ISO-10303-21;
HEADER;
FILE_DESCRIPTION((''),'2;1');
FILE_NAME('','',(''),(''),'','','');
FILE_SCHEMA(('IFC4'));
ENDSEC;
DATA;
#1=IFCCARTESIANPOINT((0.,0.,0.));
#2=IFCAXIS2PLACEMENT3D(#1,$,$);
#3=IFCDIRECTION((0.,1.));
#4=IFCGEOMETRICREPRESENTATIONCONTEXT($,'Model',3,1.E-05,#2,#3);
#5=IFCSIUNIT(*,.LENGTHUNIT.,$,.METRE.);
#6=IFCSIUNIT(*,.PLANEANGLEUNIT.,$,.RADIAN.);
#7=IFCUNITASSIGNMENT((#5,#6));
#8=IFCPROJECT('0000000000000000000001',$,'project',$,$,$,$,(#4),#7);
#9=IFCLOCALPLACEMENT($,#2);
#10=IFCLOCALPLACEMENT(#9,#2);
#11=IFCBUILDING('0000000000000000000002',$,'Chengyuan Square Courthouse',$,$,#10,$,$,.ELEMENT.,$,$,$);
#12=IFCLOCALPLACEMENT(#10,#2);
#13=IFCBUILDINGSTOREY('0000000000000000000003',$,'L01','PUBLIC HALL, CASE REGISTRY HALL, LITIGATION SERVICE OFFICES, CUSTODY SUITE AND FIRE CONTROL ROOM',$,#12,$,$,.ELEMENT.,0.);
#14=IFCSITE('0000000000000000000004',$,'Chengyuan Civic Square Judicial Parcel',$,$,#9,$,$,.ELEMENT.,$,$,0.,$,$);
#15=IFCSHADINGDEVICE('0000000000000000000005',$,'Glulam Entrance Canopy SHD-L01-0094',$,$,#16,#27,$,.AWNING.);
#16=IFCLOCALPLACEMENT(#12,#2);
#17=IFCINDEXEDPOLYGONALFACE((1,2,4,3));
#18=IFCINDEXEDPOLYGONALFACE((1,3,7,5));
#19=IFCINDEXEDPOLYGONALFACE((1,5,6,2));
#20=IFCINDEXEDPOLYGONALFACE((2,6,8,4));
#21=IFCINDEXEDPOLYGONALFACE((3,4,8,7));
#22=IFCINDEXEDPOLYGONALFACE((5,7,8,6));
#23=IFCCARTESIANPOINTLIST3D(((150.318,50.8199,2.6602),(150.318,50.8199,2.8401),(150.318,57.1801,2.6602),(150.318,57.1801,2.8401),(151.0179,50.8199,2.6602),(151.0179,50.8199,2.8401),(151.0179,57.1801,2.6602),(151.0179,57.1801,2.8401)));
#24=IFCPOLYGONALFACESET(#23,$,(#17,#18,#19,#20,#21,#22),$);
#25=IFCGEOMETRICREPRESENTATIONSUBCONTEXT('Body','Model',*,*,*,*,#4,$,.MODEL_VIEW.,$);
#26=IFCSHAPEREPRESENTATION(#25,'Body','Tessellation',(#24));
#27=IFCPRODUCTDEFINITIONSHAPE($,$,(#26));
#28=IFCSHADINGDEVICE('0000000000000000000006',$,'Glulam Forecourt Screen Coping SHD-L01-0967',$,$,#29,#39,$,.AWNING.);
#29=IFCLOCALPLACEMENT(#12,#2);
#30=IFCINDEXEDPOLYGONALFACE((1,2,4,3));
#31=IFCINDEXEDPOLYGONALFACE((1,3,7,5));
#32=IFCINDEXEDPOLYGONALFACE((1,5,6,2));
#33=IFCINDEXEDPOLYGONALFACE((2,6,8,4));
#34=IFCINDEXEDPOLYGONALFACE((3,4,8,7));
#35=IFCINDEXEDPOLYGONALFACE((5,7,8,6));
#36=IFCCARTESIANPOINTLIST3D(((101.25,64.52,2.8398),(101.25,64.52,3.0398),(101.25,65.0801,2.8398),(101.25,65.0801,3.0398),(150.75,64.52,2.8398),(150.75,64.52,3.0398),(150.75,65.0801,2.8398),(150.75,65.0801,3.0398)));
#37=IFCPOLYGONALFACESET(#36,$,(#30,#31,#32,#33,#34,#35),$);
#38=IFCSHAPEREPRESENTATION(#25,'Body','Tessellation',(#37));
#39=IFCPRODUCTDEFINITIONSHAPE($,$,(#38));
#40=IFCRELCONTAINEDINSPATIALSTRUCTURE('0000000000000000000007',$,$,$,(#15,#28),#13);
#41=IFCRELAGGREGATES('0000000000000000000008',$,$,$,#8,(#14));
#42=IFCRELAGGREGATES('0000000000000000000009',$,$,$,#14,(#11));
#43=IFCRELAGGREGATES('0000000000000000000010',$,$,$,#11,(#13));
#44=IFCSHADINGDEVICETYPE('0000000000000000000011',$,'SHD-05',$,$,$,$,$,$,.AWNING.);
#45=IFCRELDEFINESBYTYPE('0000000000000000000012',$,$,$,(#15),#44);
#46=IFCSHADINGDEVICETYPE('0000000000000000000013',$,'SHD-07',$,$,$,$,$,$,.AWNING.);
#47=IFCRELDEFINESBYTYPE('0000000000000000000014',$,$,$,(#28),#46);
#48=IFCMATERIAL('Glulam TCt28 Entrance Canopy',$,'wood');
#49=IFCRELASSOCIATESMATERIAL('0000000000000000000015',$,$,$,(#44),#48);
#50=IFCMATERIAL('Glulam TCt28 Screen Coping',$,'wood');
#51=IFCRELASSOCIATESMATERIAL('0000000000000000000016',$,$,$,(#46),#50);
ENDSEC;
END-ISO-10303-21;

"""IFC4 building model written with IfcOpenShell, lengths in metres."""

from ifc_helpers import new_model, si_unit, direction, frame, origin, origin_2d, place, context, subcontext, project, spatial, rectangle, extrude, material, type_object, element, save


model = new_model("IFC4")

# Units and contexts
model_context = context("Model", 3, precision=1e-05, world=origin(), true_north=direction((0.0, 1.0)))
body_context = subcontext(model_context, "Body", "Model", "MODEL_VIEW")
ifc_project = project(units=[si_unit("LENGTHUNIT", "METRE"), si_unit("PLANEANGLEUNIT", "RADIAN")], contexts=[model_context])

# Site, building, storey
site_placement = place(None, origin())
site = spatial("IfcSite", under=ifc_project, at=site_placement, Name="Chengyuan Civic Square Judicial Parcel", CompositionType="ELEMENT", RefElevation=0.0)
building_placement = place(site_placement, origin())
building = spatial("IfcBuilding", under=site, at=building_placement, Name="Chengyuan Square Courthouse", CompositionType="ELEMENT")
storey_placement = place(building_placement, origin())
storey = spatial("IfcBuildingStorey", under=building, at=storey_placement, Name="L01", Description="PUBLIC HALL, CASE REGISTRY HALL, LITIGATION SERVICE OFFICES, CUSTODY SUITE AND FIRE CONTROL ROOM", CompositionType="ELEMENT", Elevation=0.0)

# Shading devices
ifc_material_1 = material(Name="Glulam TCt28 Entrance Canopy", Category="wood")
shading_device_type_1 = type_object("IfcShadingDeviceType", Name="SHD-05", PredefinedType="AWNING", material=ifc_material_1)
shading_device_1_placement = place(storey_placement, frame((150.668, 54.0, 2.6602), z_axis=(0.0, 0.0, 1.0), x_axis=(0.0, 1.0, 0.0)))
element("IfcShadingDevice", 1, at=shading_device_1_placement, inside=storey, type_object=shading_device_type_1, Name="Glulam Entrance Canopy SHD-L01-0094", PredefinedType="AWNING", context=body_context, shape_type="SweptSolid", body=[
    extrude(rectangle(XDim=6.3601, YDim=0.7, at=origin_2d()), origin(), (0.0, 0.0, 1.0), 0.1799),
])
ifc_material_2 = material(Name="Glulam TCt28 Screen Coping", Category="wood")
shading_device_type_2 = type_object("IfcShadingDeviceType", Name="SHD-07", PredefinedType="AWNING", material=ifc_material_2)
shading_device_2_placement = place(storey_placement, frame((126.0, 64.8, 2.8398), z_axis=(0.0, 0.0, 1.0), x_axis=(1.0, 0.0, 0.0)))
element("IfcShadingDevice", 2, at=shading_device_2_placement, inside=storey, type_object=shading_device_type_2, Name="Glulam Forecourt Screen Coping SHD-L01-0967", PredefinedType="AWNING", context=body_context, shape_type="SweptSolid", body=[
    extrude(rectangle(XDim=49.5, YDim=0.5601, at=origin_2d()), origin(), (0.0, 0.0, 1.0), 0.2),
])

save(model, "model.ifc")
